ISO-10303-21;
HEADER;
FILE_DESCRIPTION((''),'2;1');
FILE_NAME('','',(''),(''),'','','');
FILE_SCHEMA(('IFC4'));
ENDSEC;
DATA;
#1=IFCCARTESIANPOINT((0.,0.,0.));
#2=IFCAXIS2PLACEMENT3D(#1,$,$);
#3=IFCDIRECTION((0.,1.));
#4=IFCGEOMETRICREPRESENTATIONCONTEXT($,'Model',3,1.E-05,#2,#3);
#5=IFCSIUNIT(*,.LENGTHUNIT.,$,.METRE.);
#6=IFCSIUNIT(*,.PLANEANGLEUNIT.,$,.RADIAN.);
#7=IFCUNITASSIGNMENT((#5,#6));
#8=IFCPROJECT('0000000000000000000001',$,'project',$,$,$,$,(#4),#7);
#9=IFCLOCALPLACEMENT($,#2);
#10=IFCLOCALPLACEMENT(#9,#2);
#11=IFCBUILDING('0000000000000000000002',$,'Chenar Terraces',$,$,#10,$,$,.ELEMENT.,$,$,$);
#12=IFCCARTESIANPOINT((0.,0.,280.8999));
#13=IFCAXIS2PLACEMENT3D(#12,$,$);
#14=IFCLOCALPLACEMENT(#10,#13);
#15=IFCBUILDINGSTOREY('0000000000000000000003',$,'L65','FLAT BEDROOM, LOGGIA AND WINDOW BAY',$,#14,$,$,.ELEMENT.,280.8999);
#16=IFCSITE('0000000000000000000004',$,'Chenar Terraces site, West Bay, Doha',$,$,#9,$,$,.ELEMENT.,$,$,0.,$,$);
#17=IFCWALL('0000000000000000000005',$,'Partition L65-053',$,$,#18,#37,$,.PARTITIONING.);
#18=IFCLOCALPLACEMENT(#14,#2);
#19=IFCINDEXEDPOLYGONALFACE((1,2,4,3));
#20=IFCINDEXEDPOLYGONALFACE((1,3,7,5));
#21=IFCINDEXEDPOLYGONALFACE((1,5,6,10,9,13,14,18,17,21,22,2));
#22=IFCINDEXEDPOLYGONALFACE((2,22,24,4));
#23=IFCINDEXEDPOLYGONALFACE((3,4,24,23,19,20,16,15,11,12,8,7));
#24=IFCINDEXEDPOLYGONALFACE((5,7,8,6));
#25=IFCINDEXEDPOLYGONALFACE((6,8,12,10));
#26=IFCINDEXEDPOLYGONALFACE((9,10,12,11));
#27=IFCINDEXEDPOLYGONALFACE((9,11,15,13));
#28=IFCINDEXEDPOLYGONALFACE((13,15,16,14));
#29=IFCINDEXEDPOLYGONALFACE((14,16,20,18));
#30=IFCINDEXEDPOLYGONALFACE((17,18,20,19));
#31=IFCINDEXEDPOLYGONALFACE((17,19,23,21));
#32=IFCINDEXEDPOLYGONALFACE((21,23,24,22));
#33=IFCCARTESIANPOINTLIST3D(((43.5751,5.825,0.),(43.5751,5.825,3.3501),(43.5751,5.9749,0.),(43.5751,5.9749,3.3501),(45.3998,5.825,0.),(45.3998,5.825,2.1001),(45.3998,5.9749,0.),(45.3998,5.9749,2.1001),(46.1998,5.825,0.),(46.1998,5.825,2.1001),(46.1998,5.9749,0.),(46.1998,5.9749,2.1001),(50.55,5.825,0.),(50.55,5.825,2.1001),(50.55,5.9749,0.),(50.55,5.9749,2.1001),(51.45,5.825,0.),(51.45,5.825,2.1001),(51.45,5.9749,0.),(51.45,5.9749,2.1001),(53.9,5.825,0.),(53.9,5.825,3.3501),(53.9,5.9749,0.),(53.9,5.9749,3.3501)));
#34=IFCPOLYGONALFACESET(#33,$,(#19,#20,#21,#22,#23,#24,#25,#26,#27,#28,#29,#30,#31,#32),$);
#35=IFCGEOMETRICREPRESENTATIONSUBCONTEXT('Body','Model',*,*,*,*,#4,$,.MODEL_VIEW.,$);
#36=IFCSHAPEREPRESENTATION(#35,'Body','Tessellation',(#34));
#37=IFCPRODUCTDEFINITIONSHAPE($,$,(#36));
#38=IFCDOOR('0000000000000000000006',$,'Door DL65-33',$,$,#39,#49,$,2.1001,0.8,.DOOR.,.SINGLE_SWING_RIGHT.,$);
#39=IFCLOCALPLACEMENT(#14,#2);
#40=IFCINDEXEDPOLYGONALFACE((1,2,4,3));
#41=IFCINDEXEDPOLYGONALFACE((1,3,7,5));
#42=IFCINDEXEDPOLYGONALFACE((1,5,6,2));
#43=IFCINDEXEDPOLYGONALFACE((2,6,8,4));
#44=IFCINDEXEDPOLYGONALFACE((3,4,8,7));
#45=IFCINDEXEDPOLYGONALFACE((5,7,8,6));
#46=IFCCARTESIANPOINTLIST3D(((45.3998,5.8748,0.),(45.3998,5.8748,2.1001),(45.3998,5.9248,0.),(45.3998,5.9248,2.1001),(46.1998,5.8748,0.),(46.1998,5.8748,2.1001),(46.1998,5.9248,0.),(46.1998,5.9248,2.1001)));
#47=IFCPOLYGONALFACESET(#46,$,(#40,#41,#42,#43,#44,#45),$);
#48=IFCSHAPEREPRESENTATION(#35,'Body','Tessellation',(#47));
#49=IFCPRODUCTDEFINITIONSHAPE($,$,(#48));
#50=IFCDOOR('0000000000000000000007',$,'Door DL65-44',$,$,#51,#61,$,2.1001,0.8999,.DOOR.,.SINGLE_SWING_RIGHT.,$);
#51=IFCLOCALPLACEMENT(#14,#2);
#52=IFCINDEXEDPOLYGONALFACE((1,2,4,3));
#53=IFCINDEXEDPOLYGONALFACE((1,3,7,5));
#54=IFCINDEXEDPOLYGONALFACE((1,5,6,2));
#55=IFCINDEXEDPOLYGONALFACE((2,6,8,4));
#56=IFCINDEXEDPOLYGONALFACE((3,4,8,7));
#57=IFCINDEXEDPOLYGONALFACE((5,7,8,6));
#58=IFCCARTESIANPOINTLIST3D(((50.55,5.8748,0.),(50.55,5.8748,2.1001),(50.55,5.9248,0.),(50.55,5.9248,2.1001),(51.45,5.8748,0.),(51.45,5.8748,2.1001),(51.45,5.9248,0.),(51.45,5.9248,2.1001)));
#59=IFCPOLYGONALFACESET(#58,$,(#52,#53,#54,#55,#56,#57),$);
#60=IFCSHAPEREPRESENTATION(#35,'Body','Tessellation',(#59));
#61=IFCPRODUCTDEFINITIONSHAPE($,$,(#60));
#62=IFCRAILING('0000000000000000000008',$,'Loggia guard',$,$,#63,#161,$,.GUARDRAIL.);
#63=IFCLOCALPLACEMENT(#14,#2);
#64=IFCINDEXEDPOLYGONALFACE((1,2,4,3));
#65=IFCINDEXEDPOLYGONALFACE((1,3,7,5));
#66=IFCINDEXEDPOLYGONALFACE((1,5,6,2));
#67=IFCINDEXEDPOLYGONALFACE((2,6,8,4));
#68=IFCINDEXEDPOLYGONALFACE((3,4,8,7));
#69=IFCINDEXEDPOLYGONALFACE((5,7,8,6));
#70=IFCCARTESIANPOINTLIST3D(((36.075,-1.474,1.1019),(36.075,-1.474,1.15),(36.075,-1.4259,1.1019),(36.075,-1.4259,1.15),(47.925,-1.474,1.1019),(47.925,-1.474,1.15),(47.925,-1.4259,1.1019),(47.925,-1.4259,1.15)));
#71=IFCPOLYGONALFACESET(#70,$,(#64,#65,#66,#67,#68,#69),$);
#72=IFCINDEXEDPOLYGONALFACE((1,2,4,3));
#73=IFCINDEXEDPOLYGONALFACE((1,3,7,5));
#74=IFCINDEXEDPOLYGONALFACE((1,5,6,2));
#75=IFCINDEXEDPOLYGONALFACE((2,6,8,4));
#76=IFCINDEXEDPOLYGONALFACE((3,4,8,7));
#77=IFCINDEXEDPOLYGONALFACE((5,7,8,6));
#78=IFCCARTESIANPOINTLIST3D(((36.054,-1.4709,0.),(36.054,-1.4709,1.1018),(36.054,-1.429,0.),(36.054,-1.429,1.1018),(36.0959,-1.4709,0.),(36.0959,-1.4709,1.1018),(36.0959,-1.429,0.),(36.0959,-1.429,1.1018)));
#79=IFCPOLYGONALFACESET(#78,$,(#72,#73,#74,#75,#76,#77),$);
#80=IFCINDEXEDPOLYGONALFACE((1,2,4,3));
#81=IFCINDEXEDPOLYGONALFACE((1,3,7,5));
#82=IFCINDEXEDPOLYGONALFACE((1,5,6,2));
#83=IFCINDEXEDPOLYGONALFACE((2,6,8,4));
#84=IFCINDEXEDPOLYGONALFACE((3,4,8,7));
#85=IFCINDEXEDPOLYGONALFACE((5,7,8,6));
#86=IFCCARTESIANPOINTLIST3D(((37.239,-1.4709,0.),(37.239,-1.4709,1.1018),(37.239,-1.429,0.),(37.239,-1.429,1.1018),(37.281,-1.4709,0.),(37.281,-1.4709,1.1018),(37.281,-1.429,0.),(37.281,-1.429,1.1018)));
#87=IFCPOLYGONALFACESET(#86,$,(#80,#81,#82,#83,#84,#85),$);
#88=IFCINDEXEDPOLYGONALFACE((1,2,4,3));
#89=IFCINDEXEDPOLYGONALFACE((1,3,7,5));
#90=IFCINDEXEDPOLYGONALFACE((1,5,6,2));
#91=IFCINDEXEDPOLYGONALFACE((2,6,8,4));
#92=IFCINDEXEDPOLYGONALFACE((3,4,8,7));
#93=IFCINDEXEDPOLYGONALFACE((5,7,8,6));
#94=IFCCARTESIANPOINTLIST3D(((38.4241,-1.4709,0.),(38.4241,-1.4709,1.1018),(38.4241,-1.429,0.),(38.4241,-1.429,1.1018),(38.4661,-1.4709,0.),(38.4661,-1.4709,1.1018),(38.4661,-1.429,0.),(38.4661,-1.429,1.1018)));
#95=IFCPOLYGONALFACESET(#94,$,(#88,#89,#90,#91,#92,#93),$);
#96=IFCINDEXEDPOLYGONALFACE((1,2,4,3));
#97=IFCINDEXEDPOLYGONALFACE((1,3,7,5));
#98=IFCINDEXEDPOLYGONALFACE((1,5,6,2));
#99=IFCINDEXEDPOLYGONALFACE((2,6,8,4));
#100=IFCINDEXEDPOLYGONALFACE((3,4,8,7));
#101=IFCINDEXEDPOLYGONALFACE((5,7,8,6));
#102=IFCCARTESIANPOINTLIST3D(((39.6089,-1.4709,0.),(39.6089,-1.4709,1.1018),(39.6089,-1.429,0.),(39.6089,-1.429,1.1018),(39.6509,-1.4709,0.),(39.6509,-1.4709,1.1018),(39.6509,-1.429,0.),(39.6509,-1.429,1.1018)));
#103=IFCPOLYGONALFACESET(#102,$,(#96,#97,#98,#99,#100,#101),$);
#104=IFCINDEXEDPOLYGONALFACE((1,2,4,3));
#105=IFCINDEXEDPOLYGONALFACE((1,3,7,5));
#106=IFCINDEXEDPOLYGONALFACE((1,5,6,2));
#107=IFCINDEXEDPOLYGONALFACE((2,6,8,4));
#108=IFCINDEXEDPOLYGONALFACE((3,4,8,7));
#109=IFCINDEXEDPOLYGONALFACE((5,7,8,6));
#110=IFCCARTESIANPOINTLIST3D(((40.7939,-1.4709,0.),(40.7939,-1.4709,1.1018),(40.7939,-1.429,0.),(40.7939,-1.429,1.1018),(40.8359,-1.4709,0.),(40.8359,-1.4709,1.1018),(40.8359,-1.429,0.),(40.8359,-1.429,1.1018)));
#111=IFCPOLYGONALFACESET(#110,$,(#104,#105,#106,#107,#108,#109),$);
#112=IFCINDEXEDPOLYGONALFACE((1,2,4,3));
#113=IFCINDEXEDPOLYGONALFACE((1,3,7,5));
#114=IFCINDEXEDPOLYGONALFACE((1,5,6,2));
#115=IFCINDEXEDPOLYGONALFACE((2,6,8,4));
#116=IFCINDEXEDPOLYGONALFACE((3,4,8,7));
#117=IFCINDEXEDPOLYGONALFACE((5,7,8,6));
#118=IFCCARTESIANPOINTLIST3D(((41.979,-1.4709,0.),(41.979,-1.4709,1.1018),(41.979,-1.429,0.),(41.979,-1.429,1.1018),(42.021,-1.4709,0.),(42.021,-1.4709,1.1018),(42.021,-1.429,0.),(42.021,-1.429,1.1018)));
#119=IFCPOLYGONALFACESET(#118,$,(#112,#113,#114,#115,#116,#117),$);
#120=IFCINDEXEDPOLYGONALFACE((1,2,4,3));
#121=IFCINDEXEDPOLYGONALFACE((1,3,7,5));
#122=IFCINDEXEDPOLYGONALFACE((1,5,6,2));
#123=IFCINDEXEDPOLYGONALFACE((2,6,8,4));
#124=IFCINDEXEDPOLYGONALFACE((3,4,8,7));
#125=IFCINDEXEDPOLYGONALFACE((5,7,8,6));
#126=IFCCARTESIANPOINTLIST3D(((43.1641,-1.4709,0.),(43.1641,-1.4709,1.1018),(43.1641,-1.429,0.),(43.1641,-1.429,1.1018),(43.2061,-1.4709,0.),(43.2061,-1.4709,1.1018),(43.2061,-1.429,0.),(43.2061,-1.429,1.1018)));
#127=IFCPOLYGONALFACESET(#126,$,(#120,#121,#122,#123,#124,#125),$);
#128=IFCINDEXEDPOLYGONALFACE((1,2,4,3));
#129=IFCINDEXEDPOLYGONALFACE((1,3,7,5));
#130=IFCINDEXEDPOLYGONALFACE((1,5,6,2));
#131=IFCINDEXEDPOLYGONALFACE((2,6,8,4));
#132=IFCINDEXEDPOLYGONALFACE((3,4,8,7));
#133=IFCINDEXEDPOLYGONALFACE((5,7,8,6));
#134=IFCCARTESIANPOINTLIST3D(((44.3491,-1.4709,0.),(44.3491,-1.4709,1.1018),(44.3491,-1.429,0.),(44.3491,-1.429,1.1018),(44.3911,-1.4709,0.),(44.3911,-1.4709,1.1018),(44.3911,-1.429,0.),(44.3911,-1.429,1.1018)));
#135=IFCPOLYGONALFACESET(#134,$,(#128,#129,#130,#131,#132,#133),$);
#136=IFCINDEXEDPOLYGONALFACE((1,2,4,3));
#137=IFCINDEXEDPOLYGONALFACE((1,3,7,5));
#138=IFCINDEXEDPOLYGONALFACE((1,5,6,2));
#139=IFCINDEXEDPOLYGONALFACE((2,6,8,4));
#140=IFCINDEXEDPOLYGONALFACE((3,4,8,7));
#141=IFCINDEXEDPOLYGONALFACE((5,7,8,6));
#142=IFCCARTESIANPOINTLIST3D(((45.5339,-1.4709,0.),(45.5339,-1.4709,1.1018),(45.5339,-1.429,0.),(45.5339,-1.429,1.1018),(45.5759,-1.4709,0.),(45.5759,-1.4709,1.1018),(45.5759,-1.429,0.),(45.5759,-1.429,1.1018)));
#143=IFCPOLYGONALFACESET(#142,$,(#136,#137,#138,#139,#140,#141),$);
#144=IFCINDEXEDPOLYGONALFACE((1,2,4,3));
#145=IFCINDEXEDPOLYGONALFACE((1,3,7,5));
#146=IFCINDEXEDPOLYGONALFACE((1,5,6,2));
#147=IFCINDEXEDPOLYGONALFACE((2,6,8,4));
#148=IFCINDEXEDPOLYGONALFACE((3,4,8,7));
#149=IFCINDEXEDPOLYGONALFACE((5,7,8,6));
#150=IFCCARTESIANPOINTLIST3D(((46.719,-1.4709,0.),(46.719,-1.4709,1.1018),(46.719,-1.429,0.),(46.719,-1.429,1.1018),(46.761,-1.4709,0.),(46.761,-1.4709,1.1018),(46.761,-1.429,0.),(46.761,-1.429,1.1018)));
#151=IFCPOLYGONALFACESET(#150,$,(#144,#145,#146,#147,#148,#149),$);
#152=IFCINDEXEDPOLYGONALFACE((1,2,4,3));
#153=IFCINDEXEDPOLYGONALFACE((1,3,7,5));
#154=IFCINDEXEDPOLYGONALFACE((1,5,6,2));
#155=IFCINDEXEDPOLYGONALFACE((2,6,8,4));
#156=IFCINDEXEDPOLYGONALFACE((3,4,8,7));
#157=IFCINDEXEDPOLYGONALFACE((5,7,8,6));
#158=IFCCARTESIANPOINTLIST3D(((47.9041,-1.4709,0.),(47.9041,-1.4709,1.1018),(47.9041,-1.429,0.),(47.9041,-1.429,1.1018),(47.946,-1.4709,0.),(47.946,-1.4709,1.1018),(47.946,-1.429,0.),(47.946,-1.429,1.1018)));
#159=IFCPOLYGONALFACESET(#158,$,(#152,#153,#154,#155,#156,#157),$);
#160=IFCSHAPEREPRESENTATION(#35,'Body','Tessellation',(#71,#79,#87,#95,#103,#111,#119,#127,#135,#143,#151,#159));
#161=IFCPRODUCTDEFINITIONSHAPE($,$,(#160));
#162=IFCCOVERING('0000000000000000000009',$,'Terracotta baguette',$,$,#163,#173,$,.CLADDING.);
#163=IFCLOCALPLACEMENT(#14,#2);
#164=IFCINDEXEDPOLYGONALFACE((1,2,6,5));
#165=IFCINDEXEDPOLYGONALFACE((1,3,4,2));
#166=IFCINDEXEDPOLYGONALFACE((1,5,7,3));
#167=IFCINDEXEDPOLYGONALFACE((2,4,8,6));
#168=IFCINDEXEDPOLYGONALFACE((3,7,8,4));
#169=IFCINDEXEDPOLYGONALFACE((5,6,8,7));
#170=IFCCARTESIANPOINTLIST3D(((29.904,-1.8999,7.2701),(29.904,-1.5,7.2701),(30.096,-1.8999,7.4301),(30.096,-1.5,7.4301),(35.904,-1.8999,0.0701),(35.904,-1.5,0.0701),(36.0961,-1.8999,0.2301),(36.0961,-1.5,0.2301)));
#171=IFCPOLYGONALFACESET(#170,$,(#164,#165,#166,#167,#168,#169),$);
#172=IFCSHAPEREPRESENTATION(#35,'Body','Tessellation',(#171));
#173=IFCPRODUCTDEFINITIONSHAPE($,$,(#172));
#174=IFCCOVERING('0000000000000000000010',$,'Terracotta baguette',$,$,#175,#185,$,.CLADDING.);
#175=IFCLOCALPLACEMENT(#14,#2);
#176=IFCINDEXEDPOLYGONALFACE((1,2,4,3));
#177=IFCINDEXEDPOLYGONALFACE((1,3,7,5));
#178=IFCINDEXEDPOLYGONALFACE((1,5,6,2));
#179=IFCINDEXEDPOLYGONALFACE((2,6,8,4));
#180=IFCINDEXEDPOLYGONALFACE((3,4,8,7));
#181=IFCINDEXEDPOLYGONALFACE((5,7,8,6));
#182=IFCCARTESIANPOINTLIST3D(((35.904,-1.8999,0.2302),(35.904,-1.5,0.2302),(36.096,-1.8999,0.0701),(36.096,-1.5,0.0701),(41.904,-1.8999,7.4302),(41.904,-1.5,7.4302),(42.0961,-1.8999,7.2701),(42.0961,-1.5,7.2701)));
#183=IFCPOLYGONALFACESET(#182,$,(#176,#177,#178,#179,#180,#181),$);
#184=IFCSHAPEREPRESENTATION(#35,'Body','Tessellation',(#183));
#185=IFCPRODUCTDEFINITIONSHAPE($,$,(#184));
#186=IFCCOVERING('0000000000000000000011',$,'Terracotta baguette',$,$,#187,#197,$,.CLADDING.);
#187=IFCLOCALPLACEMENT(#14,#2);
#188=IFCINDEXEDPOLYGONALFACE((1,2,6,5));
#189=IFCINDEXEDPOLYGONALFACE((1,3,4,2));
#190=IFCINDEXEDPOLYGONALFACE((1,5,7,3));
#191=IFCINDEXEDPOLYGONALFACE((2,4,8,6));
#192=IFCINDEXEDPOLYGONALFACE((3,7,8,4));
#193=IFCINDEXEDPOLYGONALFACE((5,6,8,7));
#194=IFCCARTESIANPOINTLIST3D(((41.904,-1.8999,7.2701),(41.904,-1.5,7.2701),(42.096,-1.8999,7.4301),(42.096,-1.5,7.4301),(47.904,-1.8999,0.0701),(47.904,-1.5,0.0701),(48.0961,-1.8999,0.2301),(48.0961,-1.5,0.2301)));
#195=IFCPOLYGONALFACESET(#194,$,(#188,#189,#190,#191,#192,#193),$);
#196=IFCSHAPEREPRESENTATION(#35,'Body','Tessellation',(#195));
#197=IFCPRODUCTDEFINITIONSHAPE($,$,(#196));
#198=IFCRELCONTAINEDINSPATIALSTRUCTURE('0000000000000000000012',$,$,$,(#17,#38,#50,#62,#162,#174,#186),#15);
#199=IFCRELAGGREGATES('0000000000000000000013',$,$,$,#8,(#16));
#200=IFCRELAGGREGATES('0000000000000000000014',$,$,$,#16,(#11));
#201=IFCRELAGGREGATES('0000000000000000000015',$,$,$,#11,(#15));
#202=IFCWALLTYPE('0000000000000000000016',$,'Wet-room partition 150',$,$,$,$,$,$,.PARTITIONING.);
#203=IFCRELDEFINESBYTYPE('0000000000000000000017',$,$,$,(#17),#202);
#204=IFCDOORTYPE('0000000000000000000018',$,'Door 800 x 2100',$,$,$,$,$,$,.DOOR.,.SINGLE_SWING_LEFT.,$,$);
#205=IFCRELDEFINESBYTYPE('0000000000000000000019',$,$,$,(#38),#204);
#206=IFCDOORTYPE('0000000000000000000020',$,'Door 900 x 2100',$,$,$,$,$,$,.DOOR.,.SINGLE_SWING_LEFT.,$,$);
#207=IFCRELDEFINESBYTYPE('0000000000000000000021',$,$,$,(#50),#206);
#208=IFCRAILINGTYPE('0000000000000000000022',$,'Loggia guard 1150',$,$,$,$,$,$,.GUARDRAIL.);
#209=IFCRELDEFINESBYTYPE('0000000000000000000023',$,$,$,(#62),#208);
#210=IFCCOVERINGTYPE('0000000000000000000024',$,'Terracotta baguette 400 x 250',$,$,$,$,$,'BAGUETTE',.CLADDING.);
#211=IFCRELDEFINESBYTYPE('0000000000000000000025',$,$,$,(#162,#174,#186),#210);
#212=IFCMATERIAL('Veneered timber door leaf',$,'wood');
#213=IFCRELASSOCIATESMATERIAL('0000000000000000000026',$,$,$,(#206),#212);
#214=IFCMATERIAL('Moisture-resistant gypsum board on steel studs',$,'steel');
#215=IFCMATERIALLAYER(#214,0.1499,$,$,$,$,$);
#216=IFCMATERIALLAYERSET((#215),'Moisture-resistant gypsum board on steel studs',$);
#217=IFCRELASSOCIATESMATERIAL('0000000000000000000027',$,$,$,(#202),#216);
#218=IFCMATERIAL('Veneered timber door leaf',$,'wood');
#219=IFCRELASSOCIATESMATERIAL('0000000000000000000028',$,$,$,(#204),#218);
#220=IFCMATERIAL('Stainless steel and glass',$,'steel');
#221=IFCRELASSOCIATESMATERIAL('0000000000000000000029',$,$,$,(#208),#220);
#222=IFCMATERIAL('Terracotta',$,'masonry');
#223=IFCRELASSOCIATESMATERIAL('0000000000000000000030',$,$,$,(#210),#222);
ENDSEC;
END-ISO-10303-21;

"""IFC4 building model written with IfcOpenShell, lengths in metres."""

from ifc_helpers import new_model, si_unit, direction, frame, frame_2d, origin, origin_2d, place, context, subcontext, project, spatial, rectangle, extrude, material, layer, layer_set, material_profile, profile_set, type_object, element, fill, save


model = new_model("IFC4")

# Units and contexts
model_context = context("Model", 3, precision=1e-05, world=origin(), true_north=direction((0.0, 1.0)))
body_context = subcontext(model_context, "Body", "Model", "MODEL_VIEW")
ifc_project = project(units=[si_unit("LENGTHUNIT", "METRE"), si_unit("PLANEANGLEUNIT", "RADIAN")], contexts=[model_context])

# Site, building, storey
site_placement = place(None, origin())
site = spatial("IfcSite", under=ifc_project, at=site_placement, Name="Chenar Terraces site, West Bay, Doha", CompositionType="ELEMENT", RefElevation=0.0)
building_placement = place(site_placement, origin())
building = spatial("IfcBuilding", under=site, at=building_placement, Name="Chenar Terraces", CompositionType="ELEMENT")
storey_placement = place(building_placement, frame((0.0, 0.0, 280.8999)))
storey = spatial("IfcBuildingStorey", under=building, at=storey_placement, Name="L65", Description="FLAT BEDROOM, LOGGIA AND WINDOW BAY", CompositionType="ELEMENT", Elevation=280.8999)

# Shared definitions
ifc_material_1 = material(Name="Veneered timber door leaf", Category="wood")
door_type_1 = type_object("IfcDoorType", Name="Door 900 x 2100", OperationType="SINGLE_SWING_LEFT", PredefinedType="DOOR", material=ifc_material_1)

# Wall, openings, doors
ifc_material_2 = material(Name="Moisture-resistant gypsum board on steel studs", Category="steel")
ifc_layer_1 = layer(ifc_material_2, 0.1499)
ifc_layer_set_1 = layer_set([ifc_layer_1], Name="Moisture-resistant gypsum board on steel studs")
wall_type_1 = type_object("IfcWallType", Name="Wet-room partition 150", PredefinedType="PARTITIONING", material=ifc_layer_set_1)
wall_1_placement = place(storey_placement, frame((43.575, 5.8999, 0.0), z_axis=(0.0, 0.0, 1.0), x_axis=(1.0, 0.0, 0.0)))
wall_1 = element("IfcWall", 1, at=wall_1_placement, inside=storey, type_object=wall_type_1, Name="Partition L65-053", PredefinedType="PARTITIONING", context=body_context, shape_type="SweptSolid", body=[
    extrude(rectangle(XDim=10.325, YDim=0.1499, at=frame_2d((5.1626, 0.0))), origin(), (0.0, 0.0, 1.0), 3.3501),
])
opening_1_placement = place(wall_1_placement, frame((1.825, 0.0, 0.0)))
opening_1 = element("IfcOpeningElement", 2, at=opening_1_placement, cuts=wall_1, PredefinedType="OPENING", context=body_context, shape_type="SweptSolid", body=[
    extrude(rectangle(XDim=0.8, YDim=2.1001, at=frame_2d((0.3999, 1.05))), frame((0.0, 0.085, 0.0), z_axis=(0.0, -1.0, 0.0), x_axis=(1.0, 0.0, 0.0)), (0.0, 0.0, 1.0), 0.1699),
])
opening_2_placement = place(wall_1_placement, frame((6.9751, 0.0, 0.0)))
opening_2 = element("IfcOpeningElement", 3, at=opening_2_placement, cuts=wall_1, PredefinedType="OPENING", context=body_context, shape_type="SweptSolid", body=[
    extrude(rectangle(XDim=0.8999, YDim=2.1001, at=frame_2d((0.45, 1.05))), frame((0.0, 0.085, 0.0), z_axis=(0.0, -1.0, 0.0), x_axis=(1.0, 0.0, 0.0)), (0.0, 0.0, 1.0), 0.1699),
])
ifc_material_3 = material(Name="Veneered timber door leaf", Category="wood")
door_type_2 = type_object("IfcDoorType", Name="Door 800 x 2100", OperationType="SINGLE_SWING_LEFT", PredefinedType="DOOR", material=ifc_material_3)
door_1_placement = place(opening_1_placement, origin())
door_1 = element("IfcDoor", 4, at=door_1_placement, inside=storey, type_object=door_type_2, Name="Door DL65-33", OperationType="SINGLE_SWING_RIGHT", OverallHeight=2.1001, OverallWidth=0.8, PredefinedType="DOOR", context=body_context, shape_type="SweptSolid", body=[
    extrude(rectangle(XDim=0.8, YDim=2.1001, at=frame_2d((0.3999, 1.05))), frame((0.0, 0.0249, 0.0), z_axis=(0.0, -1.0, 0.0), x_axis=(1.0, 0.0, 0.0)), (0.0, 0.0, 1.0), 0.05),
])
fill(opening_1, door_1)
door_2_placement = place(opening_2_placement, origin())
door_2 = element("IfcDoor", 5, at=door_2_placement, inside=storey, type_object=door_type_1, Name="Door DL65-44", OperationType="SINGLE_SWING_RIGHT", OverallHeight=2.1001, OverallWidth=0.8999, PredefinedType="DOOR", context=body_context, shape_type="SweptSolid", body=[
    extrude(rectangle(XDim=0.8999, YDim=2.1001, at=frame_2d((0.45, 1.05))), frame((0.0, 0.0249, 0.0), z_axis=(0.0, -1.0, 0.0), x_axis=(1.0, 0.0, 0.0)), (0.0, 0.0, 1.0), 0.05),
])
fill(opening_2, door_2)

# Railing
ifc_material_4 = material(Name="Stainless steel and glass", Category="steel")
railing_type = type_object("IfcRailingType", Name="Loggia guard 1150", PredefinedType="GUARDRAIL", material=ifc_material_4)
railing_placement = place(storey_placement, frame((36.075, -1.45, 0.0)))
element("IfcRailing", 6, at=railing_placement, inside=storey, type_object=railing_type, Name="Loggia guard", PredefinedType="GUARDRAIL", context=body_context, shape_type="SweptSolid", body=[
    extrude(rectangle(XDim=0.0481, YDim=0.0481, at=origin_2d()), frame((0.0, 0.0, 1.126), z_axis=(1.0, 0.0, 0.0), x_axis=(0.0, 1.0, 0.0)), (0.0, 0.0, 1.0), 11.8501),
    extrude(rectangle(XDim=0.042, YDim=0.042, at=origin_2d()), origin(), (0.0, 0.0, 1.0), 1.1018),
    extrude(rectangle(XDim=0.042, YDim=0.042, at=origin_2d()), frame((1.1851, 0.0, 0.0)), (0.0, 0.0, 1.0), 1.1018),
    extrude(rectangle(XDim=0.042, YDim=0.042, at=origin_2d()), frame((2.3701, 0.0, 0.0)), (0.0, 0.0, 1.0), 1.1018),
    extrude(rectangle(XDim=0.042, YDim=0.042, at=origin_2d()), frame((3.5549, 0.0, 0.0)), (0.0, 0.0, 1.0), 1.1018),
    extrude(rectangle(XDim=0.042, YDim=0.042, at=origin_2d()), frame((4.74, 0.0, 0.0)), (0.0, 0.0, 1.0), 1.1018),
    extrude(rectangle(XDim=0.042, YDim=0.042, at=origin_2d()), frame((5.925, 0.0, 0.0)), (0.0, 0.0, 1.0), 1.1018),
    extrude(rectangle(XDim=0.042, YDim=0.042, at=origin_2d()), frame((7.1101, 0.0, 0.0)), (0.0, 0.0, 1.0), 1.1018),
    extrude(rectangle(XDim=0.042, YDim=0.042, at=origin_2d()), frame((8.2952, 0.0, 0.0)), (0.0, 0.0, 1.0), 1.1018),
    extrude(rectangle(XDim=0.042, YDim=0.042, at=origin_2d()), frame((9.48, 0.0, 0.0)), (0.0, 0.0, 1.0), 1.1018),
    extrude(rectangle(XDim=0.042, YDim=0.042, at=origin_2d()), frame((10.665, 0.0, 0.0)), (0.0, 0.0, 1.0), 1.1018),
    extrude(rectangle(XDim=0.042, YDim=0.042, at=origin_2d()), frame((11.8501, 0.0, 0.0)), (0.0, 0.0, 1.0), 1.1018),
])

# Coverings
ifc_material_5 = material(Name="Terracotta", Category="masonry")
ifc_material_profile_1 = material_profile(ifc_material_5, rectangle(XDim=0.3999, YDim=0.25, at=origin_2d()), Name="Terracotta baguette 400 x 250")
ifc_profile_set_1 = profile_set([ifc_material_profile_1], Name="Terracotta")
covering_type = type_object("IfcCoveringType", Name="Terracotta baguette 400 x 250", ElementType="BAGUETTE", PredefinedType="CLADDING", material=ifc_profile_set_1)
for number, where, z_axis, x_axis, name in (
    (7, (30.0, -1.7, 7.3501), (0.640187, 0.0, -0.768219), (0.0, 1.0, 0.0), "Terracotta baguette"),
    (8, (36.0, -1.7, 0.1501), (0.640187, 0.0, 0.768219), (0.0, 1.0, 0.0), "Terracotta baguette"),
    (9, (42.0, -1.7, 7.3501), (0.640187, 0.0, -0.768219), (0.0, 1.0, 0.0), "Terracotta baguette"),
):
    element("IfcCovering", number, at=place(storey_placement, frame(where, z_axis=z_axis, x_axis=x_axis)), inside=storey, type_object=covering_type, Name=name, PredefinedType="CLADDING", context=body_context, shape_type="SweptSolid", body=[
        extrude(rectangle(XDim=0.3999, YDim=0.25, at=origin_2d()), origin(), (0.0, 0.0, 1.0), 9.3723),
    ])

save(model, "model.ifc")
